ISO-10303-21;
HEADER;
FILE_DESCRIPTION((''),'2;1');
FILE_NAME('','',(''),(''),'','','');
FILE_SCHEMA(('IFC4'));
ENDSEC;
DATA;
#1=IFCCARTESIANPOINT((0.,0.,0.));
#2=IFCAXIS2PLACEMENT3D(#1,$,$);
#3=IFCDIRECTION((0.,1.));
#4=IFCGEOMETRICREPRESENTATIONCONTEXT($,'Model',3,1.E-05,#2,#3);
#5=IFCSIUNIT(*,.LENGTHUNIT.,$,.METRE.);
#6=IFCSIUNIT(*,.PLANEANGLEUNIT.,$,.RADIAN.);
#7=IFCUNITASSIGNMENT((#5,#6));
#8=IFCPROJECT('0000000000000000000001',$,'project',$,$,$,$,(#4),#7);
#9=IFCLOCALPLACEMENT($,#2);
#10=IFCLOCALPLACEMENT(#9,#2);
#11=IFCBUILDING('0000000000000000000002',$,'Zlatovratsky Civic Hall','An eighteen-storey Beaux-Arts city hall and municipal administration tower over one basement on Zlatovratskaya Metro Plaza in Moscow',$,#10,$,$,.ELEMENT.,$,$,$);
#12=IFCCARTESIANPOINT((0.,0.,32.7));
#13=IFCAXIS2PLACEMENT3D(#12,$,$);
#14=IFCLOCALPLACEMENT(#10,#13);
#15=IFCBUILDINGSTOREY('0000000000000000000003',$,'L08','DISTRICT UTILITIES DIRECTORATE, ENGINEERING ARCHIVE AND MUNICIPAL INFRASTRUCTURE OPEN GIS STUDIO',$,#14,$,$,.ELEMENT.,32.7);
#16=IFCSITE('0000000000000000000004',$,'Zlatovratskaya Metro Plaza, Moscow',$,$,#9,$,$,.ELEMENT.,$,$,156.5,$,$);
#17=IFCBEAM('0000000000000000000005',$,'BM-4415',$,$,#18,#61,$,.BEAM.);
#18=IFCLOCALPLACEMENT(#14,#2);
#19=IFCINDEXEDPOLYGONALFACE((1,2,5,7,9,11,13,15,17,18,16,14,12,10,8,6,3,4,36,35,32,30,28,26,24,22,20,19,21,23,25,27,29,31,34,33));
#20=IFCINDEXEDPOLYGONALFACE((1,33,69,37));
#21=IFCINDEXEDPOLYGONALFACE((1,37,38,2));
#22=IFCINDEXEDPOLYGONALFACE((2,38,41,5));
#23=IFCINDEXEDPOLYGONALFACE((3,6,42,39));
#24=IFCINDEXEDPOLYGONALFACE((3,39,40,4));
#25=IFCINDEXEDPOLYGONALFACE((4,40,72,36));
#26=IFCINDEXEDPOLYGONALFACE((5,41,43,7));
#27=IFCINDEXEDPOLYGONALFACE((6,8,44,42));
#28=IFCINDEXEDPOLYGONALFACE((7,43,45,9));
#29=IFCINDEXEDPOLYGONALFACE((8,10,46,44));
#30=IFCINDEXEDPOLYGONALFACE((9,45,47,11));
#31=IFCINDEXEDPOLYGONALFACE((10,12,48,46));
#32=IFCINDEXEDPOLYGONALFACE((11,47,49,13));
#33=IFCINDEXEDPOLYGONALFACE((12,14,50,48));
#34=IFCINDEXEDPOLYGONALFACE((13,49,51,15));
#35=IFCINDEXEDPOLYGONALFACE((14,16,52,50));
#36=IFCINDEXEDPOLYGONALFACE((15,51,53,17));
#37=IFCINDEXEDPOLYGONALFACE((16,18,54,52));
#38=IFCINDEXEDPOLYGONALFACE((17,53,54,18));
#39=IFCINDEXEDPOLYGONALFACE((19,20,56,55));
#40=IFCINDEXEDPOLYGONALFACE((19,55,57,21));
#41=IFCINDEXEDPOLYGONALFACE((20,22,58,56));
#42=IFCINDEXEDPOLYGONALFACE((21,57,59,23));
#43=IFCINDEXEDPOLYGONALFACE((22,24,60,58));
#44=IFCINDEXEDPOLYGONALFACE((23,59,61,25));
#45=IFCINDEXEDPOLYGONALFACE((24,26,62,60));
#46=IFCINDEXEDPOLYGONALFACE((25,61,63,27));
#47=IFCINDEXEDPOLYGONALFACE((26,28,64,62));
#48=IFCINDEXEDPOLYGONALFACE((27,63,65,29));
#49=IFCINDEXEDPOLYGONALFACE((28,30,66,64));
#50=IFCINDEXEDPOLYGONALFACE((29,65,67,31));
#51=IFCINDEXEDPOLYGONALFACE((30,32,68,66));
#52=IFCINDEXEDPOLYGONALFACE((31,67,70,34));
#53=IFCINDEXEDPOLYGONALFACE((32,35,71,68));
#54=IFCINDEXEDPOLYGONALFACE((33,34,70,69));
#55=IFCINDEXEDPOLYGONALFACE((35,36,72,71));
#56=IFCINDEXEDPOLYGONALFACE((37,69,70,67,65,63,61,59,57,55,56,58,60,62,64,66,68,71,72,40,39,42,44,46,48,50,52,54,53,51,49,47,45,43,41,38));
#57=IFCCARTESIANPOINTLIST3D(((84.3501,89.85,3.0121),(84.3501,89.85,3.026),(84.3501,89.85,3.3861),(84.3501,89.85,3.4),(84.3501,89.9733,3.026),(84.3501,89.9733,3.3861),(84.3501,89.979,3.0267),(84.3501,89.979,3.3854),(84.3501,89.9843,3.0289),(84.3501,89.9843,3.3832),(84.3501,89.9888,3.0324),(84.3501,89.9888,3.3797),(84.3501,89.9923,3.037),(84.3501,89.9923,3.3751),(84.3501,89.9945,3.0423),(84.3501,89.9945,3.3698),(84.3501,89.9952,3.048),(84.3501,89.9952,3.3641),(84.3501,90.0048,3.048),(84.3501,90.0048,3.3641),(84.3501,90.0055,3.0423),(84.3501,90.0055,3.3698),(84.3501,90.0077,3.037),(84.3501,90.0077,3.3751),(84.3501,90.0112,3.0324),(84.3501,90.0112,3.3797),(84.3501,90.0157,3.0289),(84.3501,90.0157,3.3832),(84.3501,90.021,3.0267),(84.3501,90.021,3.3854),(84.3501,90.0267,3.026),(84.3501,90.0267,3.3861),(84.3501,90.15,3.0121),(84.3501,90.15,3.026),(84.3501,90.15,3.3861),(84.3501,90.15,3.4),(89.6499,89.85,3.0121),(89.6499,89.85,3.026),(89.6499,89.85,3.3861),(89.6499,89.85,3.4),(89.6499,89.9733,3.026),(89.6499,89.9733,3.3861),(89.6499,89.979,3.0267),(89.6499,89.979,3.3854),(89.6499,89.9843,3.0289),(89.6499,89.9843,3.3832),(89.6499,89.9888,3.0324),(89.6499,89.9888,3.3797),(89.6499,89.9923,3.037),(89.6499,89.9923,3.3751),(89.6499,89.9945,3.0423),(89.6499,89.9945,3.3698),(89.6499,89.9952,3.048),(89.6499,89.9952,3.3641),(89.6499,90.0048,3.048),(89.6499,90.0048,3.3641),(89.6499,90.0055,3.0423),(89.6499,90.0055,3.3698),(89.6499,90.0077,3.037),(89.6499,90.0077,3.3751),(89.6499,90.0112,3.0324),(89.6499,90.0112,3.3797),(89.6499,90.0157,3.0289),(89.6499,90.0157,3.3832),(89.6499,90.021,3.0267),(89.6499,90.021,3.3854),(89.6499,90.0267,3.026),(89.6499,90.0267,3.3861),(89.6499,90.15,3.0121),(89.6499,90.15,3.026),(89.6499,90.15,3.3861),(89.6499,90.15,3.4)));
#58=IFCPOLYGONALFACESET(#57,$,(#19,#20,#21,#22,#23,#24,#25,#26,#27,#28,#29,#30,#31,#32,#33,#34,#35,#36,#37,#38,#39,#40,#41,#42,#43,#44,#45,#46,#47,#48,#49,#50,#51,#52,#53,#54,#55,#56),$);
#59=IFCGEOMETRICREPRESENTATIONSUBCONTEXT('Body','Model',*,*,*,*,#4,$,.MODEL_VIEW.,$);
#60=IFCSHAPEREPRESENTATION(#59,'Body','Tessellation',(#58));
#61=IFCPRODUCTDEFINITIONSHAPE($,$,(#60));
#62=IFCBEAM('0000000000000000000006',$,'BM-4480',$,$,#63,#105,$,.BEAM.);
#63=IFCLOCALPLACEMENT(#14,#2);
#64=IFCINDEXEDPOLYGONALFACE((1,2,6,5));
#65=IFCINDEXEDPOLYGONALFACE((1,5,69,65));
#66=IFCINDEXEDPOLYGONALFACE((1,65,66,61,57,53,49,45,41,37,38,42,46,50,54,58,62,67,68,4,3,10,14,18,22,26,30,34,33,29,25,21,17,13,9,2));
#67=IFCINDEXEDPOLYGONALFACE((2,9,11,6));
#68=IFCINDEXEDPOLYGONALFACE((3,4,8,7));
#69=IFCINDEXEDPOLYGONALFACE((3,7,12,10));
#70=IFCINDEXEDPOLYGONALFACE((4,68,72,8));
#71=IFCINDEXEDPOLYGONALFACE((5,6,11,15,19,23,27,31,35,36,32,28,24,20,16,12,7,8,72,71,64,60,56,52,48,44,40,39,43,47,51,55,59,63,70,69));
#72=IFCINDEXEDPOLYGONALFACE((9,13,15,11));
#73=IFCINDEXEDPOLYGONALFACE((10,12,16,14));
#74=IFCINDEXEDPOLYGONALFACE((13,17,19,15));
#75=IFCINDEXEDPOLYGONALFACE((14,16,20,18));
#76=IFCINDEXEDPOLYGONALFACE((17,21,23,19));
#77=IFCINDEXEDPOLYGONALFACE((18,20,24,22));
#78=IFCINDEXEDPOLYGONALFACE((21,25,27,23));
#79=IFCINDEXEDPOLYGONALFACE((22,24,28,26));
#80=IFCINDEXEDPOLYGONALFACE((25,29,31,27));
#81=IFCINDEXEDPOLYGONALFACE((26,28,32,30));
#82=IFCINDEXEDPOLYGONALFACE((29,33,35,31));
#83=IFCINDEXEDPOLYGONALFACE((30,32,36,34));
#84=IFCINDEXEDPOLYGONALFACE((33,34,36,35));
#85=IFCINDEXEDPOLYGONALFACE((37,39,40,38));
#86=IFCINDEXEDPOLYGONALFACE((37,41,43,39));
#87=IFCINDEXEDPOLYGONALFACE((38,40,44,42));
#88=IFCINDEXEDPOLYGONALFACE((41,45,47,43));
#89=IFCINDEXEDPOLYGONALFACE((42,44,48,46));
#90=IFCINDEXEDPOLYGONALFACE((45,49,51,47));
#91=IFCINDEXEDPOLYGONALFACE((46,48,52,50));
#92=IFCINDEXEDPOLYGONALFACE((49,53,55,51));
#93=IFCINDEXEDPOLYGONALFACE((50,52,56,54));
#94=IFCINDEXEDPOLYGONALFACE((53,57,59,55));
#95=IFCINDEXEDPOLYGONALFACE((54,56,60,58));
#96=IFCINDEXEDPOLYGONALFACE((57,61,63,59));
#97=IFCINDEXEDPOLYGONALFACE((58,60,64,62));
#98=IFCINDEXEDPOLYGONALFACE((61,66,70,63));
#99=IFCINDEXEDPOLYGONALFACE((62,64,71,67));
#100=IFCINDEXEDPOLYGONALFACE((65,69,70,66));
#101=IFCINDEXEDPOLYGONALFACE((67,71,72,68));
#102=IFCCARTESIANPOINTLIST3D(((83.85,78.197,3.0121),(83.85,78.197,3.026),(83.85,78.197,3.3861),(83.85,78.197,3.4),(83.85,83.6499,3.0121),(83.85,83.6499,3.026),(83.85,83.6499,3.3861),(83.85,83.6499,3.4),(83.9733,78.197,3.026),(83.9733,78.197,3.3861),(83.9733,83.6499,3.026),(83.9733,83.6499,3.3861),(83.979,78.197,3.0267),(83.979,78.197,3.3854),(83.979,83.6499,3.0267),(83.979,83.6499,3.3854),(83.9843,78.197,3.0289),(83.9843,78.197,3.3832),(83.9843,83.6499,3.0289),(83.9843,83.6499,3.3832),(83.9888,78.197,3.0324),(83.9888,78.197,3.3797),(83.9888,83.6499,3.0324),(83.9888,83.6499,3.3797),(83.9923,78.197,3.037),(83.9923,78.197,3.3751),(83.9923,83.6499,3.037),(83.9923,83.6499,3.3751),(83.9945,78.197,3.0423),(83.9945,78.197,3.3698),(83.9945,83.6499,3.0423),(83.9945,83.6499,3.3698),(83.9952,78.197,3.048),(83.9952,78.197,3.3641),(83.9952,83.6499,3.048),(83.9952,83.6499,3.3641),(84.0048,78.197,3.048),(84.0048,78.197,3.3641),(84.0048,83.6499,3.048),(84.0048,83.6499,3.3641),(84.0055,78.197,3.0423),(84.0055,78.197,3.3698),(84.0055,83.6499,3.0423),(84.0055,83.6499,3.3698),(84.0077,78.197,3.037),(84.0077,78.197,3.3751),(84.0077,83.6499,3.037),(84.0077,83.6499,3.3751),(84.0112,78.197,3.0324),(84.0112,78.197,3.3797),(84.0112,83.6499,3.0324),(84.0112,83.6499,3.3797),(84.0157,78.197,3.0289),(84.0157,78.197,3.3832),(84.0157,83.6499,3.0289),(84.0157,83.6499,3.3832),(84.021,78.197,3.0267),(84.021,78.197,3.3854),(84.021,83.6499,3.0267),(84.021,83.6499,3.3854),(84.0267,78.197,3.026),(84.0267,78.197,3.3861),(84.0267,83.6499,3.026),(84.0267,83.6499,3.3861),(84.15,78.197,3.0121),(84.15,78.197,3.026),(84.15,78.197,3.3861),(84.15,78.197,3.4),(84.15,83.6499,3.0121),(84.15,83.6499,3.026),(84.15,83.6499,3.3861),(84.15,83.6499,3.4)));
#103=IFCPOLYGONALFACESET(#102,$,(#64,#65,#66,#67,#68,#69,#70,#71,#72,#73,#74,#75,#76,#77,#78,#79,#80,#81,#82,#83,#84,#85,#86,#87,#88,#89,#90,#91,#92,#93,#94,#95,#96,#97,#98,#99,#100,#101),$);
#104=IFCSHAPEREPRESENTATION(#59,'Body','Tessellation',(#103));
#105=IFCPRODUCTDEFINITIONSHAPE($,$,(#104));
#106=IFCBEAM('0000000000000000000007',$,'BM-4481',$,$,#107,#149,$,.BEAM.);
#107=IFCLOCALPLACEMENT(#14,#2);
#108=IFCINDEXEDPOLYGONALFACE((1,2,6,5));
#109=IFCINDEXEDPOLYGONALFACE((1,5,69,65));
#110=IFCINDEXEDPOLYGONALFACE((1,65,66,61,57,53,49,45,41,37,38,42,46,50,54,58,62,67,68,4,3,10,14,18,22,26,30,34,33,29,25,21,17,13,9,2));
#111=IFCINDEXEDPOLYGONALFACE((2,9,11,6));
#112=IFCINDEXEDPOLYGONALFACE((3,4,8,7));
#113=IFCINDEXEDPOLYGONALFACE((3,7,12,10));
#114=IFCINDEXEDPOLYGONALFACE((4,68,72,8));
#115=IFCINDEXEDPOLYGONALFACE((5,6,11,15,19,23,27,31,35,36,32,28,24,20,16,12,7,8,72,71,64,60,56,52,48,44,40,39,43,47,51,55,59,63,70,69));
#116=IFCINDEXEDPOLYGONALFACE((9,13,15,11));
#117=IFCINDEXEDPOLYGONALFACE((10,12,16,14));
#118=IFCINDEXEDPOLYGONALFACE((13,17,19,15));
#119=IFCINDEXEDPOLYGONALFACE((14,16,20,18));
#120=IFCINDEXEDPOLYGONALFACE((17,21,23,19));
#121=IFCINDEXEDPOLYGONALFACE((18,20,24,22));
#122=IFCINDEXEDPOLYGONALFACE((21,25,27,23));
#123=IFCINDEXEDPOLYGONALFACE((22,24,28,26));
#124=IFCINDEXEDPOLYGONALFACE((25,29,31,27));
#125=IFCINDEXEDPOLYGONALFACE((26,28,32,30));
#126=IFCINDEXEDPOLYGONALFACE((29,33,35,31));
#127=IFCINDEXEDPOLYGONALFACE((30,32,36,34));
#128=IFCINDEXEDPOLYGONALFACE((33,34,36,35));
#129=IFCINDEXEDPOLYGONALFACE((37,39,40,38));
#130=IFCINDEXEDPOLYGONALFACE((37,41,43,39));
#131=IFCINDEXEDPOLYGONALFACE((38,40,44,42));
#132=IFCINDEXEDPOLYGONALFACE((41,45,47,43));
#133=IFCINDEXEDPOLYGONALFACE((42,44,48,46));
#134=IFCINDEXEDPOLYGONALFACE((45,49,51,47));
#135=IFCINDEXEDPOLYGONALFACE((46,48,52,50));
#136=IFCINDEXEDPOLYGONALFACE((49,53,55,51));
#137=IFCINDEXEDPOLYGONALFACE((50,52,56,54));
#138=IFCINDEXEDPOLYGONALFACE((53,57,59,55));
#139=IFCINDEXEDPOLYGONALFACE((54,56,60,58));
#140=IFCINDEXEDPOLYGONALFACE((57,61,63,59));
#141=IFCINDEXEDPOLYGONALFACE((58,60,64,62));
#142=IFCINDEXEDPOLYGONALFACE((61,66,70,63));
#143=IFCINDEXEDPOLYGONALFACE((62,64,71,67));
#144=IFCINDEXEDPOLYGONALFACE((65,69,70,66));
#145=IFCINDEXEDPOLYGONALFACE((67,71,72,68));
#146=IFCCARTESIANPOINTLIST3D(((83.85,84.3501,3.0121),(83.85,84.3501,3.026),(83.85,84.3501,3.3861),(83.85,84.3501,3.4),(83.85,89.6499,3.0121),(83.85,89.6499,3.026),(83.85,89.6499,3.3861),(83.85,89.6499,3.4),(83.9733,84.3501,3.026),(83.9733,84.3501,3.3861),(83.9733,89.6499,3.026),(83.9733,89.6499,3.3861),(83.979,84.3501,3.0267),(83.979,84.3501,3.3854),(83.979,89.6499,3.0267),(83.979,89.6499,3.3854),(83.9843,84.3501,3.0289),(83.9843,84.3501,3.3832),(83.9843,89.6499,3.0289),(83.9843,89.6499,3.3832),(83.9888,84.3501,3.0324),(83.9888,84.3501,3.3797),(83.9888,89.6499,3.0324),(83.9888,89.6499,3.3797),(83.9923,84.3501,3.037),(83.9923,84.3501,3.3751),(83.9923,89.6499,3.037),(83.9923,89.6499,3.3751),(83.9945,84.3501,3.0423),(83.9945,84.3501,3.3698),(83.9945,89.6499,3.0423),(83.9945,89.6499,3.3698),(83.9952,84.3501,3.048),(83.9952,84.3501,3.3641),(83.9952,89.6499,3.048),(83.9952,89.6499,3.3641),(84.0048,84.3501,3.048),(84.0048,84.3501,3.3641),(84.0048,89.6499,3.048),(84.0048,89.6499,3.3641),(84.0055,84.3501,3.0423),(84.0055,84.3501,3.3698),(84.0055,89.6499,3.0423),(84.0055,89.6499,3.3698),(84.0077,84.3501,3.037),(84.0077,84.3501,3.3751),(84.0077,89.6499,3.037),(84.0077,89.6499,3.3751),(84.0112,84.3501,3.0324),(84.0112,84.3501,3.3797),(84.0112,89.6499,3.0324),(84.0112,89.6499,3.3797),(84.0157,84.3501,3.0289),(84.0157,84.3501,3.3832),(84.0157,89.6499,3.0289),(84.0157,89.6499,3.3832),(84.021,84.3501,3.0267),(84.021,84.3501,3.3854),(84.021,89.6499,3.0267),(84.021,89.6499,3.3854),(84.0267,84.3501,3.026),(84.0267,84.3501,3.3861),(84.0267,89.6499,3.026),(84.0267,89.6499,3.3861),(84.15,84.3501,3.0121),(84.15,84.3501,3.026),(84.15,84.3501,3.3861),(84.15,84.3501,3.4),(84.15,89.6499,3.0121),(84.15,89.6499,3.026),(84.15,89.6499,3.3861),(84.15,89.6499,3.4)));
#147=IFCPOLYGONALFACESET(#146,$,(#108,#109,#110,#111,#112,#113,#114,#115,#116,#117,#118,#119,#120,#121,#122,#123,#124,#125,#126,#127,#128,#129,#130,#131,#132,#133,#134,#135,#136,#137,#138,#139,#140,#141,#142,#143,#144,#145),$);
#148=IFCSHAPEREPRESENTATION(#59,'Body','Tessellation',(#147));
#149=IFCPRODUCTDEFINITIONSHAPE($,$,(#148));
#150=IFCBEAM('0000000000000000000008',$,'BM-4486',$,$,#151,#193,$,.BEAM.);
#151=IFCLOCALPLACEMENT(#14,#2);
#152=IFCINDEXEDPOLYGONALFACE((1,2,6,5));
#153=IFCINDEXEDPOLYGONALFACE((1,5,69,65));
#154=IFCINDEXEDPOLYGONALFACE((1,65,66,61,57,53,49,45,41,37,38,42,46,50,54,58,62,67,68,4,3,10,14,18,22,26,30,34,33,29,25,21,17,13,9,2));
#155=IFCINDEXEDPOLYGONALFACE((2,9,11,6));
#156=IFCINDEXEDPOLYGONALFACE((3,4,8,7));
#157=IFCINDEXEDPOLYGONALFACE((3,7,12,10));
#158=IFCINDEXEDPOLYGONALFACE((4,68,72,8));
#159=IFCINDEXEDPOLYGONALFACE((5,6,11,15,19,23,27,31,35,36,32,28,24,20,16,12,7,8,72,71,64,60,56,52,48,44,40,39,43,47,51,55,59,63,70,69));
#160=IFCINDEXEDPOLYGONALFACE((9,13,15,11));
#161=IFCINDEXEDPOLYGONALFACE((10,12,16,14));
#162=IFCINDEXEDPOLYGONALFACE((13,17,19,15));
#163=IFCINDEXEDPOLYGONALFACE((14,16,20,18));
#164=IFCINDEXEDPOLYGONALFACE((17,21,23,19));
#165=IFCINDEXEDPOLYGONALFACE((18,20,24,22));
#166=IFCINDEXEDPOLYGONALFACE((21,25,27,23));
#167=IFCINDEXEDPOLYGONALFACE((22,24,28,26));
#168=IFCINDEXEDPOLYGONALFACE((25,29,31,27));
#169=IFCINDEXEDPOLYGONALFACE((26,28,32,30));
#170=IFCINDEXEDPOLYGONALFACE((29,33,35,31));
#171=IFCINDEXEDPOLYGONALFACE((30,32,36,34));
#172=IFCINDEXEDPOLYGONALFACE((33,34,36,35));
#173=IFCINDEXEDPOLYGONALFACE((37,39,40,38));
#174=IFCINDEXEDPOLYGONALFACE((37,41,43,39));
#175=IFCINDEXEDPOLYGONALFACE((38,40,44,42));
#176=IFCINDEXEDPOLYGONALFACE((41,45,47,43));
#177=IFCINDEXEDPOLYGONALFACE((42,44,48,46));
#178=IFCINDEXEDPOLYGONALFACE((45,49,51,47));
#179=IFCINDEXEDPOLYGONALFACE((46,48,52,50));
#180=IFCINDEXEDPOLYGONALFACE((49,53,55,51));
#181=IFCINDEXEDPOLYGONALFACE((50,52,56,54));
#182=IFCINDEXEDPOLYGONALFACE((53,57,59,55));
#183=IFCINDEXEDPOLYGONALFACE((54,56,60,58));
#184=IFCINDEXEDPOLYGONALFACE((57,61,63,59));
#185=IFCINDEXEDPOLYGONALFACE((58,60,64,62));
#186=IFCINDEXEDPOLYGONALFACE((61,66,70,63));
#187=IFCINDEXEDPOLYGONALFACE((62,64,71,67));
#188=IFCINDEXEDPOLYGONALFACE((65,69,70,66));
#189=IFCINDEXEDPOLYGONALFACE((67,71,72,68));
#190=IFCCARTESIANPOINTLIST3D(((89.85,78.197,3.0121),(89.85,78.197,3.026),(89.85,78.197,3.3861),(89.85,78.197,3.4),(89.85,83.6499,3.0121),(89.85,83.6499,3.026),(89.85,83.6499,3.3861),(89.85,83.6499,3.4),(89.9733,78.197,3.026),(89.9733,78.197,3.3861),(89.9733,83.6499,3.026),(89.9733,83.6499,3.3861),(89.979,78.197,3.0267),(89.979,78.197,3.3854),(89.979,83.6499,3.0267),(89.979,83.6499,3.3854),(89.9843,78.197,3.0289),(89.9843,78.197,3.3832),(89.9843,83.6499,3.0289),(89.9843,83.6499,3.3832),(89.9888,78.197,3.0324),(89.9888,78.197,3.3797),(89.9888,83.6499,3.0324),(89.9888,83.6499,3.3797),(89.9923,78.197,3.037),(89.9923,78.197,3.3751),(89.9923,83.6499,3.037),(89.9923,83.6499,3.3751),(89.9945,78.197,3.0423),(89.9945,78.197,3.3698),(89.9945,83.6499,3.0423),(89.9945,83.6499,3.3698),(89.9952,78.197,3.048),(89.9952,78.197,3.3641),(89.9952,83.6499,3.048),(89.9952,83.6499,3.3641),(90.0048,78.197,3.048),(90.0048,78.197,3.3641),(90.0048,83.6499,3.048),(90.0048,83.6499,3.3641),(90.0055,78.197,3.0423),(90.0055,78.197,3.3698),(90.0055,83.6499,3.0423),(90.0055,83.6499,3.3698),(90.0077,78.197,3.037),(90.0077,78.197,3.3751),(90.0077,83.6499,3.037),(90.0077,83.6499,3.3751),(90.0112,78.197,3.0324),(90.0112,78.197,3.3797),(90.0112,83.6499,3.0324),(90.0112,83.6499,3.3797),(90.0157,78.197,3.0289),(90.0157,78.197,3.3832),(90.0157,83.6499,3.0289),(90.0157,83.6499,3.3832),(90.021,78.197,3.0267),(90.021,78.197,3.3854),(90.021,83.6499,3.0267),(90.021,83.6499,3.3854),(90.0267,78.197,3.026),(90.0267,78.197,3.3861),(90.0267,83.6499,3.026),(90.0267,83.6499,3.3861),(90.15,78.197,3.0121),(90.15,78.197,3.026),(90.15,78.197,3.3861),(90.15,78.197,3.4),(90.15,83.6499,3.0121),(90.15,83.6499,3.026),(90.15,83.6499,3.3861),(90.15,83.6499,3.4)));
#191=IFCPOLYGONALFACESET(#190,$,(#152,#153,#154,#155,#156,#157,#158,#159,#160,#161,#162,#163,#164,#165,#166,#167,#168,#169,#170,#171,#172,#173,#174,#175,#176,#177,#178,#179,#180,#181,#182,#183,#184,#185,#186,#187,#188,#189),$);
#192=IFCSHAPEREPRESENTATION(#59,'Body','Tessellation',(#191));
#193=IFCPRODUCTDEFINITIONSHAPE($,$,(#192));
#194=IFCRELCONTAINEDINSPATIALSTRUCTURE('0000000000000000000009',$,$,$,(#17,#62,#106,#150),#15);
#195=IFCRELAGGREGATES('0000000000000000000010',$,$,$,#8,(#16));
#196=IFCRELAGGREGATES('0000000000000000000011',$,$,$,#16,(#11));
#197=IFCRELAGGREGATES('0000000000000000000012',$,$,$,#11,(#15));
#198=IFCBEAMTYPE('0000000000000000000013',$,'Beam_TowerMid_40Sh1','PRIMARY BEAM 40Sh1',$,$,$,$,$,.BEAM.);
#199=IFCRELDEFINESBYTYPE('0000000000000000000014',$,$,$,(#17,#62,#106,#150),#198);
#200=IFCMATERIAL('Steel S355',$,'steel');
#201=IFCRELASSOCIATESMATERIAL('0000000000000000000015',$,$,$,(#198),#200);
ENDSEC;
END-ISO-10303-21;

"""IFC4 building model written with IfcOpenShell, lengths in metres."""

from ifc_helpers import new_model, si_unit, direction, frame, origin, origin_2d, place, context, subcontext, project, spatial, i_section, extrude, material, material_profile, profile_set, type_object, element, save


model = new_model("IFC4")

# Units and contexts
model_context = context("Model", 3, precision=1e-05, world=origin(), true_north=direction((0.0, 1.0)))
body_context = subcontext(model_context, "Body", "Model", "MODEL_VIEW")
ifc_project = project(units=[si_unit("LENGTHUNIT", "METRE"), si_unit("PLANEANGLEUNIT", "RADIAN")], contexts=[model_context])

# Site, building, storey
site_placement = place(None, origin())
site = spatial("IfcSite", under=ifc_project, at=site_placement, Name="Zlatovratskaya Metro Plaza, Moscow", CompositionType="ELEMENT", RefElevation=156.5)
building_placement = place(site_placement, origin())
building = spatial("IfcBuilding", under=site, at=building_placement, Name="Zlatovratsky Civic Hall", Description="An eighteen-storey Beaux-Arts city hall and municipal administration tower over one basement on Zlatovratskaya Metro Plaza in Moscow", CompositionType="ELEMENT")
storey_placement = place(building_placement, frame((0.0, 0.0, 32.7)))
storey = spatial("IfcBuildingStorey", under=building, at=storey_placement, Name="L08", Description="DISTRICT UTILITIES DIRECTORATE, ENGINEERING ARCHIVE AND MUNICIPAL INFRASTRUCTURE OPEN GIS STUDIO", CompositionType="ELEMENT", Elevation=32.7)

# Shared definitions
ifc_material_1 = material(Name="Steel S355", Category="steel")

# Beams
ifc_material_profile_1 = material_profile(ifc_material_1, i_section(OverallWidth=0.3, OverallDepth=0.3879, WebThickness=0.0095, FlangeThickness=0.0139, FilletRadius=0.022, at=origin_2d()), Name="40Sh1")
ifc_profile_set_1 = profile_set([ifc_material_profile_1], Name="Steel S355")
beam_type = type_object("IfcBeamType", Name="Beam_TowerMid_40Sh1", Description="PRIMARY BEAM 40Sh1", PredefinedType="BEAM", material=ifc_profile_set_1)
for number, where, z_axis, x_axis, name in (
    (1, (84.3501, 90.0, 3.2061), (1.0, 0.0, 0.0), (0.0, 1.0, 0.0), "BM-4415"),
):
    element("IfcBeam", number, at=place(storey_placement, frame(where, z_axis=z_axis, x_axis=x_axis)), inside=storey, type_object=beam_type, Name=name, PredefinedType="BEAM", context=body_context, shape_type="SweptSolid", body=[
        extrude(i_section(OverallWidth=0.3, OverallDepth=0.3879, WebThickness=0.0095, FlangeThickness=0.0139, FilletRadius=0.022, at=origin_2d()), origin(), (0.0, 0.0, 1.0), 5.2998),
    ])
beam_1_placement = place(storey_placement, frame((84.0, 78.197, 3.2061), z_axis=(0.0, 1.0, 0.0), x_axis=(-1.0, 0.0, 0.0)))
element("IfcBeam", 2, at=beam_1_placement, inside=storey, type_object=beam_type, Name="BM-4480", PredefinedType="BEAM", context=body_context, shape_type="SweptSolid", body=[
    extrude(i_section(OverallWidth=0.3, OverallDepth=0.3879, WebThickness=0.0095, FlangeThickness=0.0139, FilletRadius=0.022, at=origin_2d()), origin(), (0.0, 0.0, 1.0), 5.4529),
])
beam_2_placement = place(storey_placement, frame((84.0, 84.3501, 3.2061), z_axis=(0.0, 1.0, 0.0), x_axis=(-1.0, 0.0, 0.0)))
element("IfcBeam", 3, at=beam_2_placement, inside=storey, type_object=beam_type, Name="BM-4481", PredefinedType="BEAM", context=body_context, shape_type="SweptSolid", body=[
    extrude(i_section(OverallWidth=0.3, OverallDepth=0.3879, WebThickness=0.0095, FlangeThickness=0.0139, FilletRadius=0.022, at=origin_2d()), origin(), (0.0, 0.0, 1.0), 5.2998),
])
beam_3_placement = place(storey_placement, frame((90.0, 78.197, 3.2061), z_axis=(0.0, 1.0, 0.0), x_axis=(-1.0, 0.0, 0.0)))
element("IfcBeam", 4, at=beam_3_placement, inside=storey, type_object=beam_type, Name="BM-4486", PredefinedType="BEAM", context=body_context, shape_type="SweptSolid", body=[
    extrude(i_section(OverallWidth=0.3, OverallDepth=0.3879, WebThickness=0.0095, FlangeThickness=0.0139, FilletRadius=0.022, at=origin_2d()), origin(), (0.0, 0.0, 1.0), 5.4529),
])

save(model, "model.ifc")
